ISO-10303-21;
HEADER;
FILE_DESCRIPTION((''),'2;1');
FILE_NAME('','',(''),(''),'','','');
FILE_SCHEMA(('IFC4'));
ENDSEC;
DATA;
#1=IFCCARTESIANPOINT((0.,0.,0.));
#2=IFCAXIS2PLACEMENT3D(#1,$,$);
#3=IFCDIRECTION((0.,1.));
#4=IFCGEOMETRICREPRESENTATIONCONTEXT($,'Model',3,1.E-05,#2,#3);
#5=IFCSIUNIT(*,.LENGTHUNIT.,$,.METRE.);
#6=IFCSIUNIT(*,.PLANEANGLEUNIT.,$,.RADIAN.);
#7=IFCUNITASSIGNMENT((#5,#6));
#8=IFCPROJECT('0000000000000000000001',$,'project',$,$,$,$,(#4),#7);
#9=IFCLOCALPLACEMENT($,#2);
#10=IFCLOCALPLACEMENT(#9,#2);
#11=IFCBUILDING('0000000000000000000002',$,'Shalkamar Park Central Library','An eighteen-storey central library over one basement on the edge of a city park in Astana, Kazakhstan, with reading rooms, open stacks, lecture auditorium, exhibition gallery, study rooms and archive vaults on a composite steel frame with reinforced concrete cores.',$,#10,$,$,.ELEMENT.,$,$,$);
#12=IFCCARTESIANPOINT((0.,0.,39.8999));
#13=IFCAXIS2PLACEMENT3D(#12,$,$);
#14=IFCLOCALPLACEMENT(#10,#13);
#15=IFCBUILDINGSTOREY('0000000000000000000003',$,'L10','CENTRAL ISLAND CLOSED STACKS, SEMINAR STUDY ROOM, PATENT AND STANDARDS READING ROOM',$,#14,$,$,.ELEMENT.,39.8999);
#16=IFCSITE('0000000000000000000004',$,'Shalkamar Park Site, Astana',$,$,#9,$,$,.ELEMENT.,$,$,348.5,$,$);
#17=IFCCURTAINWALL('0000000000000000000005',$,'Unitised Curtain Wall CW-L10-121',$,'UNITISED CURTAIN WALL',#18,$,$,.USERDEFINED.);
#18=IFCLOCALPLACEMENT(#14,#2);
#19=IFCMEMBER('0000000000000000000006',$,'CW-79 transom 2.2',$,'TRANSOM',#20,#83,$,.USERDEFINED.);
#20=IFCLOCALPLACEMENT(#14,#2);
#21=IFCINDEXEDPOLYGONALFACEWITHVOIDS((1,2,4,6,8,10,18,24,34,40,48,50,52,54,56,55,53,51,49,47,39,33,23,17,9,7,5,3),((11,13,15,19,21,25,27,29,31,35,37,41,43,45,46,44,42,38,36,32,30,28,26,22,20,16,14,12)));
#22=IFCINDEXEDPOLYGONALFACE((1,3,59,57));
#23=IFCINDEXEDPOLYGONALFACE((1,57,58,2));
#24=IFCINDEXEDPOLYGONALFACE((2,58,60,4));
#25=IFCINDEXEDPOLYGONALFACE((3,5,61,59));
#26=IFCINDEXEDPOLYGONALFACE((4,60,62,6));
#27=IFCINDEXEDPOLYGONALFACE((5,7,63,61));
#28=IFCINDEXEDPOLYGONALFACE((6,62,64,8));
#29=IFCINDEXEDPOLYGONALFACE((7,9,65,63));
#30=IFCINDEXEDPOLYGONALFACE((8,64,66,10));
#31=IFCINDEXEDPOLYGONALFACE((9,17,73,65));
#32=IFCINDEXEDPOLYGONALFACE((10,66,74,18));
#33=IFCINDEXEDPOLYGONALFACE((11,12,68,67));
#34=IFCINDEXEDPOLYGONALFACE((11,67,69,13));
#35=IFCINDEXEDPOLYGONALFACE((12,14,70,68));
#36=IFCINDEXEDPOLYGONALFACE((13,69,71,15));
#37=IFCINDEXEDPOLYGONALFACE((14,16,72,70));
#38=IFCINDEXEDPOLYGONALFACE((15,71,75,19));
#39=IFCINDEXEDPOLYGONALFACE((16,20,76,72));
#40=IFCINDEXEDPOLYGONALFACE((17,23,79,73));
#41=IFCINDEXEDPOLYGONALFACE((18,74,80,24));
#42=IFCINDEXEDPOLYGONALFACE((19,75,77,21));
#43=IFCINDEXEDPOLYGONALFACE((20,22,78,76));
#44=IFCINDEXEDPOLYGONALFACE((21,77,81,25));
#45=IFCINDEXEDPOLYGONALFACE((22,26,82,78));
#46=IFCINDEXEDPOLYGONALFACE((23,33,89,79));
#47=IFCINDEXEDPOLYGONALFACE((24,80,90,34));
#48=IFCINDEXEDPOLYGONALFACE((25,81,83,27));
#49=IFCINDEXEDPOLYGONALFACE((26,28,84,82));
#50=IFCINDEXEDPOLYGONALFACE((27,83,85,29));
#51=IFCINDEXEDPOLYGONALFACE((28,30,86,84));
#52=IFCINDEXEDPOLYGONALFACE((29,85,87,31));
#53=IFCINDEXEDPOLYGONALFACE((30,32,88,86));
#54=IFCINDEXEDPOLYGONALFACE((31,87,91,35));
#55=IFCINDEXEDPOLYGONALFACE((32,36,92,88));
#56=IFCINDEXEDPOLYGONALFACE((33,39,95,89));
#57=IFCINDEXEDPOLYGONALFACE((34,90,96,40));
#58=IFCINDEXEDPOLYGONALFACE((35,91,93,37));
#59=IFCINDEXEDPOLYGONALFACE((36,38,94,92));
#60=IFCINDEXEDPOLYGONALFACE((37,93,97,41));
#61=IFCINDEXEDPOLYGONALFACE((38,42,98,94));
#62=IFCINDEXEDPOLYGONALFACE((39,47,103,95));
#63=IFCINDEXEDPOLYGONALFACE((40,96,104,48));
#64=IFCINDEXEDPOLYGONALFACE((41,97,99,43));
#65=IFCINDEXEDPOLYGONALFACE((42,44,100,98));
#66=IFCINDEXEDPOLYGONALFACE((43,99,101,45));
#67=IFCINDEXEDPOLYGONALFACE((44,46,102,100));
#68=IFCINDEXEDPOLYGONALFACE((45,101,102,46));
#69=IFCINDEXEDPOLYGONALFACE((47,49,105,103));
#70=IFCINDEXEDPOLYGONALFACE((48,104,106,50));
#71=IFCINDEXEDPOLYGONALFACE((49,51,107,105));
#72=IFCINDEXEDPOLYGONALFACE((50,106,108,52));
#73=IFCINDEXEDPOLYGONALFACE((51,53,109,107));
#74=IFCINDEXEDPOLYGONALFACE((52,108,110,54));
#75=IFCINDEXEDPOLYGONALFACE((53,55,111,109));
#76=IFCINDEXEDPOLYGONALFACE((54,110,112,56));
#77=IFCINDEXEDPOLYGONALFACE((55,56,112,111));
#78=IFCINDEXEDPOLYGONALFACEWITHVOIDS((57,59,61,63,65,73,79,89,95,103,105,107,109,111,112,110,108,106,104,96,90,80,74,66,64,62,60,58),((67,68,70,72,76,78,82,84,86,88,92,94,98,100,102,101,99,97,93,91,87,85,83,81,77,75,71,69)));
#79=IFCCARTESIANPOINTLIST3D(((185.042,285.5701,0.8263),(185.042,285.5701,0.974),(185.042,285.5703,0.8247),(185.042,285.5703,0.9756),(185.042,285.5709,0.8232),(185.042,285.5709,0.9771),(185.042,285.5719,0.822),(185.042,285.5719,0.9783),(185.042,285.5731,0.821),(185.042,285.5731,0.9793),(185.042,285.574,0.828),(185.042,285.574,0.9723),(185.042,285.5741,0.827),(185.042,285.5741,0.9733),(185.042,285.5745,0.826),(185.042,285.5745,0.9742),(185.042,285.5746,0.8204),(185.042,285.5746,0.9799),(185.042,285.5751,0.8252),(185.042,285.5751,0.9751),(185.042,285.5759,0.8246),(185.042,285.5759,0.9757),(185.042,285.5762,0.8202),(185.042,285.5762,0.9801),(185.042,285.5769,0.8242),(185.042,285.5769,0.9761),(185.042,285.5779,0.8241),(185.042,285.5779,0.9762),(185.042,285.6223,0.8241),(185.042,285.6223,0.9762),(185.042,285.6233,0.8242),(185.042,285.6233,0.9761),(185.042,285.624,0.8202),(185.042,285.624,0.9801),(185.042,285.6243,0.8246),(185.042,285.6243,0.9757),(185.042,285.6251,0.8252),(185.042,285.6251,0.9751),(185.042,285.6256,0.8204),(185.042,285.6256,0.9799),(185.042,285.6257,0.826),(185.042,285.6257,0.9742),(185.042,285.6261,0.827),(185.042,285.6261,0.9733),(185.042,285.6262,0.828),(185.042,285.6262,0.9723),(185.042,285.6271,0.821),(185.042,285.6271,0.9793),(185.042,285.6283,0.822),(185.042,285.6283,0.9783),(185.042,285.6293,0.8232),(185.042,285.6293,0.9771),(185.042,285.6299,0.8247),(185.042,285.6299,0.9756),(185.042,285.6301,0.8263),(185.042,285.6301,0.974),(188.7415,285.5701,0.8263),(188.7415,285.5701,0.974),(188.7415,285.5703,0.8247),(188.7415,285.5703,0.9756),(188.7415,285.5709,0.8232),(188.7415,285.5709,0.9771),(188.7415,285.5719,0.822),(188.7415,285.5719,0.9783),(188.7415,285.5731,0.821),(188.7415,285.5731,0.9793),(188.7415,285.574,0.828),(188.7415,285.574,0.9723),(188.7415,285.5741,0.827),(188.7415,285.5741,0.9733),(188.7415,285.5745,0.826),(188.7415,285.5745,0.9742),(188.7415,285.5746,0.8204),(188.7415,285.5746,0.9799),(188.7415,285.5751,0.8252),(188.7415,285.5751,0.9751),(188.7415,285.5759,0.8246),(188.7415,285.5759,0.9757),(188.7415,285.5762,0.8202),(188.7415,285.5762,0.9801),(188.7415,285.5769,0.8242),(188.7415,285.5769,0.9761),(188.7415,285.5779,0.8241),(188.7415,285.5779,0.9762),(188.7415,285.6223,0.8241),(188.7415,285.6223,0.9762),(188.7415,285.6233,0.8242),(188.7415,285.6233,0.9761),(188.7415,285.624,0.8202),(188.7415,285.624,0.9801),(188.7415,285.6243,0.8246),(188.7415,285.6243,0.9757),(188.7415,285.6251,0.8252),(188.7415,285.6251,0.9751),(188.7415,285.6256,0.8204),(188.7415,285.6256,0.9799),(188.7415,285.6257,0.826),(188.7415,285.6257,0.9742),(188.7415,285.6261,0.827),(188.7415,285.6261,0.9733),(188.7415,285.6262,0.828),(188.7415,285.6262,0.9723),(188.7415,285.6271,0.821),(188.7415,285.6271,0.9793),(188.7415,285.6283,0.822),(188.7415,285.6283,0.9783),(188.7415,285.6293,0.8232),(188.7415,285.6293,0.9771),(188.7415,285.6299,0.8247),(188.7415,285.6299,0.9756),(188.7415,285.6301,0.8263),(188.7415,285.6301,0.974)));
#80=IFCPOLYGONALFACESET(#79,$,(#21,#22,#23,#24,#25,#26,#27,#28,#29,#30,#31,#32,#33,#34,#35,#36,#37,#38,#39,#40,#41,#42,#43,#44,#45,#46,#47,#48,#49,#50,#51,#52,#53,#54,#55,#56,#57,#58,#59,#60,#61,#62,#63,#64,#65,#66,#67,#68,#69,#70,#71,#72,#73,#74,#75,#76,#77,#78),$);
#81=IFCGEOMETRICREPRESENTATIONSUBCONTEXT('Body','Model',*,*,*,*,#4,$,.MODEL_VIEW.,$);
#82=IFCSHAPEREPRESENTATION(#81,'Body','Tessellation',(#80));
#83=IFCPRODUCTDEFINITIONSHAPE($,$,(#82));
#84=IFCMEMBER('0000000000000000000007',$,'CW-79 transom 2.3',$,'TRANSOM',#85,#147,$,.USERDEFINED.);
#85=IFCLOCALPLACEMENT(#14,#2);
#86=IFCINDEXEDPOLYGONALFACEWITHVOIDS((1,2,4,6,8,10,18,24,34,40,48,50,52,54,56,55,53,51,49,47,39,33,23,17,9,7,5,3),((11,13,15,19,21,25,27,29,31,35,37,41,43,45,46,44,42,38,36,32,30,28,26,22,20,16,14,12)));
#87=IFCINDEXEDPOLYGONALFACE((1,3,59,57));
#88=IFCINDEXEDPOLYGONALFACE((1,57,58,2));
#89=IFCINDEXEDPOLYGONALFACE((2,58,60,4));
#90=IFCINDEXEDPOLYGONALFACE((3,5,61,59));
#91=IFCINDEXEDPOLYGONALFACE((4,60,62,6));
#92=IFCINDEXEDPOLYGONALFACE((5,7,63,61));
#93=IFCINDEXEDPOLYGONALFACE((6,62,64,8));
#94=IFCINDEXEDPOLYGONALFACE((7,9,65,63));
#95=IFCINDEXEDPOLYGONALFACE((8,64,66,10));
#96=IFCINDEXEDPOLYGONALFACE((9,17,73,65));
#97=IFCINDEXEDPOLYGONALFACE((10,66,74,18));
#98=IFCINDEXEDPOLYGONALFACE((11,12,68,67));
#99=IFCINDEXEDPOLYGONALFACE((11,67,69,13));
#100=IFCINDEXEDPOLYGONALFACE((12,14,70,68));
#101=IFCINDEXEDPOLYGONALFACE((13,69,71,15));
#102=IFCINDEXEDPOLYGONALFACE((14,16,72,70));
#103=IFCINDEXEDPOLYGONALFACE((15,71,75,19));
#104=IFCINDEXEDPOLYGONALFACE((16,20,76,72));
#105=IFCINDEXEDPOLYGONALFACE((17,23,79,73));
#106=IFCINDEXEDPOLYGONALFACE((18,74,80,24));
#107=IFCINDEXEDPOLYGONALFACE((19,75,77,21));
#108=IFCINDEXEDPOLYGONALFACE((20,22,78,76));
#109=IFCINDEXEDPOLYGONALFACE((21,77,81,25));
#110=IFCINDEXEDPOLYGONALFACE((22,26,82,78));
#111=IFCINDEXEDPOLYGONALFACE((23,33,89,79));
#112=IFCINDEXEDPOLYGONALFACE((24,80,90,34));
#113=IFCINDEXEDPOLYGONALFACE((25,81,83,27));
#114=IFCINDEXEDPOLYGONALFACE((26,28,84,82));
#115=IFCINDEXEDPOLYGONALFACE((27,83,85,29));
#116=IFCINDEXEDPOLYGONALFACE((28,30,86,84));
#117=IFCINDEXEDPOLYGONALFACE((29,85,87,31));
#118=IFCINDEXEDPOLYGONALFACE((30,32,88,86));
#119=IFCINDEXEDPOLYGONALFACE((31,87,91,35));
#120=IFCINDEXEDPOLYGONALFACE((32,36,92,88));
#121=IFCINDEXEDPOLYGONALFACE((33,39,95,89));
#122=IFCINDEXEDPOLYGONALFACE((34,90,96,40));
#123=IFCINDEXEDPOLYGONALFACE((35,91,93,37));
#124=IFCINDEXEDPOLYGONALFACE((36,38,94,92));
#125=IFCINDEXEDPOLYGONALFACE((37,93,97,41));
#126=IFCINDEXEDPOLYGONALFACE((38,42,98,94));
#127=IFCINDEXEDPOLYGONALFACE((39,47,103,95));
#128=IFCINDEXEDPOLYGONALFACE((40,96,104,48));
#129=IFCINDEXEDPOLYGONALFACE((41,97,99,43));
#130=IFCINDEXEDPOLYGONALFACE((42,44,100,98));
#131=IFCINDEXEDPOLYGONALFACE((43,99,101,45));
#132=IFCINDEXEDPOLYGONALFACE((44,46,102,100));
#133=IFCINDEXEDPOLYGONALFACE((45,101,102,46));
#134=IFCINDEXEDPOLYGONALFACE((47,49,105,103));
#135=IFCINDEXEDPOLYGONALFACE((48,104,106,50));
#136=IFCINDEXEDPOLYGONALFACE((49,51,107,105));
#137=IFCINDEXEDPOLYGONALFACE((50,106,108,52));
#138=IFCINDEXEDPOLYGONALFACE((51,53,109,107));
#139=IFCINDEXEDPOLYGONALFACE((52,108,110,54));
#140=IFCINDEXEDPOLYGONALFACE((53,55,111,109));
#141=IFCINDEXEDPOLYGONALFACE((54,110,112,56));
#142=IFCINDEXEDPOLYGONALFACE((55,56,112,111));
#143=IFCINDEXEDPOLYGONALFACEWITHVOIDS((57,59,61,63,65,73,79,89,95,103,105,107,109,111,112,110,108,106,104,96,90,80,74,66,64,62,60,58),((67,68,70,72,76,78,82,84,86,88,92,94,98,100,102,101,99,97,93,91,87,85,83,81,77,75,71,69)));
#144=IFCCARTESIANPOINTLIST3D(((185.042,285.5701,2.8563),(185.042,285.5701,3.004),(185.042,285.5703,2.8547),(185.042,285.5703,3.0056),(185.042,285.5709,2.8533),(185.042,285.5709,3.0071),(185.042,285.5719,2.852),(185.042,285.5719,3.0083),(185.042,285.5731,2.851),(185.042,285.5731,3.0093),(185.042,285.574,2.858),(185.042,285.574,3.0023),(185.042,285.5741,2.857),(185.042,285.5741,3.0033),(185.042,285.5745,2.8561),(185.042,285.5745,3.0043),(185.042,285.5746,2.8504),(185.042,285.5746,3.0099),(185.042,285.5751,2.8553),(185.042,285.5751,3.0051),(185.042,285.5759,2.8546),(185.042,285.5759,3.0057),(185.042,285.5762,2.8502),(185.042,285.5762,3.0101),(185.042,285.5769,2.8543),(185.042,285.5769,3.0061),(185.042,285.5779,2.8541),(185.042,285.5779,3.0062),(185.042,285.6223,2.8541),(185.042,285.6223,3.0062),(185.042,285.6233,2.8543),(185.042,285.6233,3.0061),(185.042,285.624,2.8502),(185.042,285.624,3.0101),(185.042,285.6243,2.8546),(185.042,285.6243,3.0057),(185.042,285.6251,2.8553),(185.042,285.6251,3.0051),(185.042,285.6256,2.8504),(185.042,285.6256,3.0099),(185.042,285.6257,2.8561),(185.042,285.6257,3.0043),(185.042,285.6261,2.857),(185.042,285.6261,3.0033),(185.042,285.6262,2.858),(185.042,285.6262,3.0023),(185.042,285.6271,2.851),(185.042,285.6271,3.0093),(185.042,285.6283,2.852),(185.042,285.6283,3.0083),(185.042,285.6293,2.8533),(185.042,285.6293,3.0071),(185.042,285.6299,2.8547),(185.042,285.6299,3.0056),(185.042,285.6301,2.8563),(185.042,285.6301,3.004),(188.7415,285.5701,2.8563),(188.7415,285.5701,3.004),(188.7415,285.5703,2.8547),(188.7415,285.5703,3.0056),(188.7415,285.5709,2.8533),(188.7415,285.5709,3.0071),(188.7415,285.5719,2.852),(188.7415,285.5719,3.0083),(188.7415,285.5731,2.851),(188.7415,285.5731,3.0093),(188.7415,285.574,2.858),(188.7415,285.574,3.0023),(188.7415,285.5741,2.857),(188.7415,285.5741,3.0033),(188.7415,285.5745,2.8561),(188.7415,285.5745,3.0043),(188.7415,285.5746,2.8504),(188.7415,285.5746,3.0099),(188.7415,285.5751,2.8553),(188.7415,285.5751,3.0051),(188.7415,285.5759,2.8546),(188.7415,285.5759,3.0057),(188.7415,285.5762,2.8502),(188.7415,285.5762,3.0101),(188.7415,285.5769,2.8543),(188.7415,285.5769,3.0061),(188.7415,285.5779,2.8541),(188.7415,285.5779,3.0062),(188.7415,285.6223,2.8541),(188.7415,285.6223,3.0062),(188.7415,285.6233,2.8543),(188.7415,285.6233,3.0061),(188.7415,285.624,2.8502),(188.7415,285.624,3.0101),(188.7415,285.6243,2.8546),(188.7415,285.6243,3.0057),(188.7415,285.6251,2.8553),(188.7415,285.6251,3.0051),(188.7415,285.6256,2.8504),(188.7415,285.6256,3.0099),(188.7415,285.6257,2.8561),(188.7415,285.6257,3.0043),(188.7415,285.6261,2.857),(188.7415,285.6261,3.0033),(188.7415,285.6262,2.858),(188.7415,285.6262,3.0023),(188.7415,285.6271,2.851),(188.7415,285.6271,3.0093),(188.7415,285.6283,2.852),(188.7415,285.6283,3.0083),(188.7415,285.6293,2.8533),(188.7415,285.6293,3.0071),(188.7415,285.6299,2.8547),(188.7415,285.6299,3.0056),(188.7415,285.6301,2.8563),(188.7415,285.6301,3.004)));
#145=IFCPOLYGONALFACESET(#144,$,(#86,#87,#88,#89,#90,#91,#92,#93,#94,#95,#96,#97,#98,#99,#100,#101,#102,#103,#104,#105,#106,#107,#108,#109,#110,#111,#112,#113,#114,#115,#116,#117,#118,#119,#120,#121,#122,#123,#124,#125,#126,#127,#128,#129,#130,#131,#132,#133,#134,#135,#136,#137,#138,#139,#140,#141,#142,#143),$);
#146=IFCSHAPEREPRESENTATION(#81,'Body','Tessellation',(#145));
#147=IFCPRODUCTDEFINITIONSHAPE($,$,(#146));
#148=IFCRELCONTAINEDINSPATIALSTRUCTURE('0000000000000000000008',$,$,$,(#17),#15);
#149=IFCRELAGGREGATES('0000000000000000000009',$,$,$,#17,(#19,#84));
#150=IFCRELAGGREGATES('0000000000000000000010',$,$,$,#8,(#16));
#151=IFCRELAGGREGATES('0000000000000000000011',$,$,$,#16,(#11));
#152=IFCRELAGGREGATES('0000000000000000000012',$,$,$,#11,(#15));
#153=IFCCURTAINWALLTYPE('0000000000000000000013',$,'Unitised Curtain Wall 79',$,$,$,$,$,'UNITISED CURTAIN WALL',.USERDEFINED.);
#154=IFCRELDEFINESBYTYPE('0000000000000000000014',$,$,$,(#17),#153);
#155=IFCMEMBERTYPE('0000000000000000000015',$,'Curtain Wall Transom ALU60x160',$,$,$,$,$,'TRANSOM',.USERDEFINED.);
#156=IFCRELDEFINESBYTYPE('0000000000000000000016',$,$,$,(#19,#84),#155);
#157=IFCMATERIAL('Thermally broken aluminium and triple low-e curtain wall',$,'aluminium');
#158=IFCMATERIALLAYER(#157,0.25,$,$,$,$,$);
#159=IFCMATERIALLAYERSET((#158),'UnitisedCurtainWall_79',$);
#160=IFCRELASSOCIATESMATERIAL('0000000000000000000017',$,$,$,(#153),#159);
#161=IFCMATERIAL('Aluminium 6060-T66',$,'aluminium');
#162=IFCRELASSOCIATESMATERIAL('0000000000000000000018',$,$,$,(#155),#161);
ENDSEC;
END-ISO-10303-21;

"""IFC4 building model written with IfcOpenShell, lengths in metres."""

from ifc_helpers import new_model, si_unit, direction, frame, origin, origin_2d, place, context, subcontext, project, spatial, hollow_rectangle, extrude, material, layer, layer_set, material_profile, profile_set, type_object, element, aggregate, save


model = new_model("IFC4")

# Units and contexts
model_context = context("Model", 3, precision=1e-05, world=origin(), true_north=direction((0.0, 1.0)))
body_context = subcontext(model_context, "Body", "Model", "MODEL_VIEW")
ifc_project = project(units=[si_unit("LENGTHUNIT", "METRE"), si_unit("PLANEANGLEUNIT", "RADIAN")], contexts=[model_context])

# Site, building, storey
site_placement = place(None, origin())
site = spatial("IfcSite", under=ifc_project, at=site_placement, Name="Shalkamar Park Site, Astana", CompositionType="ELEMENT", RefElevation=348.5)
building_placement = place(site_placement, origin())
building = spatial("IfcBuilding", under=site, at=building_placement, Name="Shalkamar Park Central Library", Description="An eighteen-storey central library over one basement on the edge of a city park in Astana, Kazakhstan, with reading rooms, open stacks, lecture auditorium, exhibition gallery, study rooms and archive vaults on a composite steel frame with reinforced concrete cores.", CompositionType="ELEMENT")
storey_placement = place(building_placement, frame((0.0, 0.0, 39.8999)))
storey = spatial("IfcBuildingStorey", under=building, at=storey_placement, Name="L10", Description="CENTRAL ISLAND CLOSED STACKS, SEMINAR STUDY ROOM, PATENT AND STANDARDS READING ROOM", CompositionType="ELEMENT", Elevation=39.8999)

# Curtain wall
ifc_material_1 = material(Name="Thermally broken aluminium and triple low-e curtain wall", Category="aluminium")
ifc_layer_1 = layer(ifc_material_1, 0.25)
ifc_layer_set_1 = layer_set([ifc_layer_1], Name="UnitisedCurtainWall_79")
curtain_wall_type_1 = type_object("IfcCurtainWallType", Name="Unitised Curtain Wall 79", ElementType="UNITISED CURTAIN WALL", PredefinedType="USERDEFINED", material=ifc_layer_set_1)
curtain_wall_1_placement = place(storey_placement, origin())
curtain_wall_1 = element("IfcCurtainWall", 1, at=curtain_wall_1_placement, inside=storey, type_object=curtain_wall_type_1, Name="Unitised Curtain Wall CW-L10-121", ObjectType="UNITISED CURTAIN WALL", PredefinedType="USERDEFINED")
ifc_material_2 = material(Name="Aluminium 6060-T66", Category="aluminium")

# Members
ifc_material_profile_1 = material_profile(ifc_material_2, hollow_rectangle(XDim=0.0601, YDim=0.1599, WallThickness=0.0039, InnerFilletRadius=0.0039, OuterFilletRadius=0.0061, at=origin_2d()), Name="ALU 60x160x4")
ifc_profile_set_1 = profile_set([ifc_material_profile_1], Name="Aluminium 6060-T66")
member_type_1 = type_object("IfcMemberType", Name="Curtain Wall Transom ALU60x160", ElementType="TRANSOM", PredefinedType="USERDEFINED", material=ifc_profile_set_1)
member_1_placement = place(storey_placement, frame((185.042, 285.6001, 0.9001), z_axis=(1.0, 0.0, 0.0), x_axis=(0.0, 1.0, 0.0)))
member_1 = element("IfcMember", 2, at=member_1_placement, type_object=member_type_1, Name="CW-79 transom 2.2", ObjectType="TRANSOM", PredefinedType="USERDEFINED", context=body_context, shape_type="SweptSolid", body=[
    extrude(hollow_rectangle(XDim=0.0601, YDim=0.1599, WallThickness=0.0039, InnerFilletRadius=0.0039, OuterFilletRadius=0.0061, at=origin_2d()), origin(), (0.0, 0.0, 1.0), 3.6995),
])
member_2_placement = place(storey_placement, frame((185.042, 285.6001, 2.9302), z_axis=(1.0, 0.0, 0.0), x_axis=(0.0, 1.0, 0.0)))
member_2 = element("IfcMember", 3, at=member_2_placement, type_object=member_type_1, Name="CW-79 transom 2.3", ObjectType="TRANSOM", PredefinedType="USERDEFINED", context=body_context, shape_type="SweptSolid", body=[
    extrude(hollow_rectangle(XDim=0.0601, YDim=0.1599, WallThickness=0.0039, InnerFilletRadius=0.0039, OuterFilletRadius=0.0061, at=origin_2d()), origin(), (0.0, 0.0, 1.0), 3.6995),
])

aggregate(curtain_wall_1, [member_1, member_2])

save(model, "model.ifc")
